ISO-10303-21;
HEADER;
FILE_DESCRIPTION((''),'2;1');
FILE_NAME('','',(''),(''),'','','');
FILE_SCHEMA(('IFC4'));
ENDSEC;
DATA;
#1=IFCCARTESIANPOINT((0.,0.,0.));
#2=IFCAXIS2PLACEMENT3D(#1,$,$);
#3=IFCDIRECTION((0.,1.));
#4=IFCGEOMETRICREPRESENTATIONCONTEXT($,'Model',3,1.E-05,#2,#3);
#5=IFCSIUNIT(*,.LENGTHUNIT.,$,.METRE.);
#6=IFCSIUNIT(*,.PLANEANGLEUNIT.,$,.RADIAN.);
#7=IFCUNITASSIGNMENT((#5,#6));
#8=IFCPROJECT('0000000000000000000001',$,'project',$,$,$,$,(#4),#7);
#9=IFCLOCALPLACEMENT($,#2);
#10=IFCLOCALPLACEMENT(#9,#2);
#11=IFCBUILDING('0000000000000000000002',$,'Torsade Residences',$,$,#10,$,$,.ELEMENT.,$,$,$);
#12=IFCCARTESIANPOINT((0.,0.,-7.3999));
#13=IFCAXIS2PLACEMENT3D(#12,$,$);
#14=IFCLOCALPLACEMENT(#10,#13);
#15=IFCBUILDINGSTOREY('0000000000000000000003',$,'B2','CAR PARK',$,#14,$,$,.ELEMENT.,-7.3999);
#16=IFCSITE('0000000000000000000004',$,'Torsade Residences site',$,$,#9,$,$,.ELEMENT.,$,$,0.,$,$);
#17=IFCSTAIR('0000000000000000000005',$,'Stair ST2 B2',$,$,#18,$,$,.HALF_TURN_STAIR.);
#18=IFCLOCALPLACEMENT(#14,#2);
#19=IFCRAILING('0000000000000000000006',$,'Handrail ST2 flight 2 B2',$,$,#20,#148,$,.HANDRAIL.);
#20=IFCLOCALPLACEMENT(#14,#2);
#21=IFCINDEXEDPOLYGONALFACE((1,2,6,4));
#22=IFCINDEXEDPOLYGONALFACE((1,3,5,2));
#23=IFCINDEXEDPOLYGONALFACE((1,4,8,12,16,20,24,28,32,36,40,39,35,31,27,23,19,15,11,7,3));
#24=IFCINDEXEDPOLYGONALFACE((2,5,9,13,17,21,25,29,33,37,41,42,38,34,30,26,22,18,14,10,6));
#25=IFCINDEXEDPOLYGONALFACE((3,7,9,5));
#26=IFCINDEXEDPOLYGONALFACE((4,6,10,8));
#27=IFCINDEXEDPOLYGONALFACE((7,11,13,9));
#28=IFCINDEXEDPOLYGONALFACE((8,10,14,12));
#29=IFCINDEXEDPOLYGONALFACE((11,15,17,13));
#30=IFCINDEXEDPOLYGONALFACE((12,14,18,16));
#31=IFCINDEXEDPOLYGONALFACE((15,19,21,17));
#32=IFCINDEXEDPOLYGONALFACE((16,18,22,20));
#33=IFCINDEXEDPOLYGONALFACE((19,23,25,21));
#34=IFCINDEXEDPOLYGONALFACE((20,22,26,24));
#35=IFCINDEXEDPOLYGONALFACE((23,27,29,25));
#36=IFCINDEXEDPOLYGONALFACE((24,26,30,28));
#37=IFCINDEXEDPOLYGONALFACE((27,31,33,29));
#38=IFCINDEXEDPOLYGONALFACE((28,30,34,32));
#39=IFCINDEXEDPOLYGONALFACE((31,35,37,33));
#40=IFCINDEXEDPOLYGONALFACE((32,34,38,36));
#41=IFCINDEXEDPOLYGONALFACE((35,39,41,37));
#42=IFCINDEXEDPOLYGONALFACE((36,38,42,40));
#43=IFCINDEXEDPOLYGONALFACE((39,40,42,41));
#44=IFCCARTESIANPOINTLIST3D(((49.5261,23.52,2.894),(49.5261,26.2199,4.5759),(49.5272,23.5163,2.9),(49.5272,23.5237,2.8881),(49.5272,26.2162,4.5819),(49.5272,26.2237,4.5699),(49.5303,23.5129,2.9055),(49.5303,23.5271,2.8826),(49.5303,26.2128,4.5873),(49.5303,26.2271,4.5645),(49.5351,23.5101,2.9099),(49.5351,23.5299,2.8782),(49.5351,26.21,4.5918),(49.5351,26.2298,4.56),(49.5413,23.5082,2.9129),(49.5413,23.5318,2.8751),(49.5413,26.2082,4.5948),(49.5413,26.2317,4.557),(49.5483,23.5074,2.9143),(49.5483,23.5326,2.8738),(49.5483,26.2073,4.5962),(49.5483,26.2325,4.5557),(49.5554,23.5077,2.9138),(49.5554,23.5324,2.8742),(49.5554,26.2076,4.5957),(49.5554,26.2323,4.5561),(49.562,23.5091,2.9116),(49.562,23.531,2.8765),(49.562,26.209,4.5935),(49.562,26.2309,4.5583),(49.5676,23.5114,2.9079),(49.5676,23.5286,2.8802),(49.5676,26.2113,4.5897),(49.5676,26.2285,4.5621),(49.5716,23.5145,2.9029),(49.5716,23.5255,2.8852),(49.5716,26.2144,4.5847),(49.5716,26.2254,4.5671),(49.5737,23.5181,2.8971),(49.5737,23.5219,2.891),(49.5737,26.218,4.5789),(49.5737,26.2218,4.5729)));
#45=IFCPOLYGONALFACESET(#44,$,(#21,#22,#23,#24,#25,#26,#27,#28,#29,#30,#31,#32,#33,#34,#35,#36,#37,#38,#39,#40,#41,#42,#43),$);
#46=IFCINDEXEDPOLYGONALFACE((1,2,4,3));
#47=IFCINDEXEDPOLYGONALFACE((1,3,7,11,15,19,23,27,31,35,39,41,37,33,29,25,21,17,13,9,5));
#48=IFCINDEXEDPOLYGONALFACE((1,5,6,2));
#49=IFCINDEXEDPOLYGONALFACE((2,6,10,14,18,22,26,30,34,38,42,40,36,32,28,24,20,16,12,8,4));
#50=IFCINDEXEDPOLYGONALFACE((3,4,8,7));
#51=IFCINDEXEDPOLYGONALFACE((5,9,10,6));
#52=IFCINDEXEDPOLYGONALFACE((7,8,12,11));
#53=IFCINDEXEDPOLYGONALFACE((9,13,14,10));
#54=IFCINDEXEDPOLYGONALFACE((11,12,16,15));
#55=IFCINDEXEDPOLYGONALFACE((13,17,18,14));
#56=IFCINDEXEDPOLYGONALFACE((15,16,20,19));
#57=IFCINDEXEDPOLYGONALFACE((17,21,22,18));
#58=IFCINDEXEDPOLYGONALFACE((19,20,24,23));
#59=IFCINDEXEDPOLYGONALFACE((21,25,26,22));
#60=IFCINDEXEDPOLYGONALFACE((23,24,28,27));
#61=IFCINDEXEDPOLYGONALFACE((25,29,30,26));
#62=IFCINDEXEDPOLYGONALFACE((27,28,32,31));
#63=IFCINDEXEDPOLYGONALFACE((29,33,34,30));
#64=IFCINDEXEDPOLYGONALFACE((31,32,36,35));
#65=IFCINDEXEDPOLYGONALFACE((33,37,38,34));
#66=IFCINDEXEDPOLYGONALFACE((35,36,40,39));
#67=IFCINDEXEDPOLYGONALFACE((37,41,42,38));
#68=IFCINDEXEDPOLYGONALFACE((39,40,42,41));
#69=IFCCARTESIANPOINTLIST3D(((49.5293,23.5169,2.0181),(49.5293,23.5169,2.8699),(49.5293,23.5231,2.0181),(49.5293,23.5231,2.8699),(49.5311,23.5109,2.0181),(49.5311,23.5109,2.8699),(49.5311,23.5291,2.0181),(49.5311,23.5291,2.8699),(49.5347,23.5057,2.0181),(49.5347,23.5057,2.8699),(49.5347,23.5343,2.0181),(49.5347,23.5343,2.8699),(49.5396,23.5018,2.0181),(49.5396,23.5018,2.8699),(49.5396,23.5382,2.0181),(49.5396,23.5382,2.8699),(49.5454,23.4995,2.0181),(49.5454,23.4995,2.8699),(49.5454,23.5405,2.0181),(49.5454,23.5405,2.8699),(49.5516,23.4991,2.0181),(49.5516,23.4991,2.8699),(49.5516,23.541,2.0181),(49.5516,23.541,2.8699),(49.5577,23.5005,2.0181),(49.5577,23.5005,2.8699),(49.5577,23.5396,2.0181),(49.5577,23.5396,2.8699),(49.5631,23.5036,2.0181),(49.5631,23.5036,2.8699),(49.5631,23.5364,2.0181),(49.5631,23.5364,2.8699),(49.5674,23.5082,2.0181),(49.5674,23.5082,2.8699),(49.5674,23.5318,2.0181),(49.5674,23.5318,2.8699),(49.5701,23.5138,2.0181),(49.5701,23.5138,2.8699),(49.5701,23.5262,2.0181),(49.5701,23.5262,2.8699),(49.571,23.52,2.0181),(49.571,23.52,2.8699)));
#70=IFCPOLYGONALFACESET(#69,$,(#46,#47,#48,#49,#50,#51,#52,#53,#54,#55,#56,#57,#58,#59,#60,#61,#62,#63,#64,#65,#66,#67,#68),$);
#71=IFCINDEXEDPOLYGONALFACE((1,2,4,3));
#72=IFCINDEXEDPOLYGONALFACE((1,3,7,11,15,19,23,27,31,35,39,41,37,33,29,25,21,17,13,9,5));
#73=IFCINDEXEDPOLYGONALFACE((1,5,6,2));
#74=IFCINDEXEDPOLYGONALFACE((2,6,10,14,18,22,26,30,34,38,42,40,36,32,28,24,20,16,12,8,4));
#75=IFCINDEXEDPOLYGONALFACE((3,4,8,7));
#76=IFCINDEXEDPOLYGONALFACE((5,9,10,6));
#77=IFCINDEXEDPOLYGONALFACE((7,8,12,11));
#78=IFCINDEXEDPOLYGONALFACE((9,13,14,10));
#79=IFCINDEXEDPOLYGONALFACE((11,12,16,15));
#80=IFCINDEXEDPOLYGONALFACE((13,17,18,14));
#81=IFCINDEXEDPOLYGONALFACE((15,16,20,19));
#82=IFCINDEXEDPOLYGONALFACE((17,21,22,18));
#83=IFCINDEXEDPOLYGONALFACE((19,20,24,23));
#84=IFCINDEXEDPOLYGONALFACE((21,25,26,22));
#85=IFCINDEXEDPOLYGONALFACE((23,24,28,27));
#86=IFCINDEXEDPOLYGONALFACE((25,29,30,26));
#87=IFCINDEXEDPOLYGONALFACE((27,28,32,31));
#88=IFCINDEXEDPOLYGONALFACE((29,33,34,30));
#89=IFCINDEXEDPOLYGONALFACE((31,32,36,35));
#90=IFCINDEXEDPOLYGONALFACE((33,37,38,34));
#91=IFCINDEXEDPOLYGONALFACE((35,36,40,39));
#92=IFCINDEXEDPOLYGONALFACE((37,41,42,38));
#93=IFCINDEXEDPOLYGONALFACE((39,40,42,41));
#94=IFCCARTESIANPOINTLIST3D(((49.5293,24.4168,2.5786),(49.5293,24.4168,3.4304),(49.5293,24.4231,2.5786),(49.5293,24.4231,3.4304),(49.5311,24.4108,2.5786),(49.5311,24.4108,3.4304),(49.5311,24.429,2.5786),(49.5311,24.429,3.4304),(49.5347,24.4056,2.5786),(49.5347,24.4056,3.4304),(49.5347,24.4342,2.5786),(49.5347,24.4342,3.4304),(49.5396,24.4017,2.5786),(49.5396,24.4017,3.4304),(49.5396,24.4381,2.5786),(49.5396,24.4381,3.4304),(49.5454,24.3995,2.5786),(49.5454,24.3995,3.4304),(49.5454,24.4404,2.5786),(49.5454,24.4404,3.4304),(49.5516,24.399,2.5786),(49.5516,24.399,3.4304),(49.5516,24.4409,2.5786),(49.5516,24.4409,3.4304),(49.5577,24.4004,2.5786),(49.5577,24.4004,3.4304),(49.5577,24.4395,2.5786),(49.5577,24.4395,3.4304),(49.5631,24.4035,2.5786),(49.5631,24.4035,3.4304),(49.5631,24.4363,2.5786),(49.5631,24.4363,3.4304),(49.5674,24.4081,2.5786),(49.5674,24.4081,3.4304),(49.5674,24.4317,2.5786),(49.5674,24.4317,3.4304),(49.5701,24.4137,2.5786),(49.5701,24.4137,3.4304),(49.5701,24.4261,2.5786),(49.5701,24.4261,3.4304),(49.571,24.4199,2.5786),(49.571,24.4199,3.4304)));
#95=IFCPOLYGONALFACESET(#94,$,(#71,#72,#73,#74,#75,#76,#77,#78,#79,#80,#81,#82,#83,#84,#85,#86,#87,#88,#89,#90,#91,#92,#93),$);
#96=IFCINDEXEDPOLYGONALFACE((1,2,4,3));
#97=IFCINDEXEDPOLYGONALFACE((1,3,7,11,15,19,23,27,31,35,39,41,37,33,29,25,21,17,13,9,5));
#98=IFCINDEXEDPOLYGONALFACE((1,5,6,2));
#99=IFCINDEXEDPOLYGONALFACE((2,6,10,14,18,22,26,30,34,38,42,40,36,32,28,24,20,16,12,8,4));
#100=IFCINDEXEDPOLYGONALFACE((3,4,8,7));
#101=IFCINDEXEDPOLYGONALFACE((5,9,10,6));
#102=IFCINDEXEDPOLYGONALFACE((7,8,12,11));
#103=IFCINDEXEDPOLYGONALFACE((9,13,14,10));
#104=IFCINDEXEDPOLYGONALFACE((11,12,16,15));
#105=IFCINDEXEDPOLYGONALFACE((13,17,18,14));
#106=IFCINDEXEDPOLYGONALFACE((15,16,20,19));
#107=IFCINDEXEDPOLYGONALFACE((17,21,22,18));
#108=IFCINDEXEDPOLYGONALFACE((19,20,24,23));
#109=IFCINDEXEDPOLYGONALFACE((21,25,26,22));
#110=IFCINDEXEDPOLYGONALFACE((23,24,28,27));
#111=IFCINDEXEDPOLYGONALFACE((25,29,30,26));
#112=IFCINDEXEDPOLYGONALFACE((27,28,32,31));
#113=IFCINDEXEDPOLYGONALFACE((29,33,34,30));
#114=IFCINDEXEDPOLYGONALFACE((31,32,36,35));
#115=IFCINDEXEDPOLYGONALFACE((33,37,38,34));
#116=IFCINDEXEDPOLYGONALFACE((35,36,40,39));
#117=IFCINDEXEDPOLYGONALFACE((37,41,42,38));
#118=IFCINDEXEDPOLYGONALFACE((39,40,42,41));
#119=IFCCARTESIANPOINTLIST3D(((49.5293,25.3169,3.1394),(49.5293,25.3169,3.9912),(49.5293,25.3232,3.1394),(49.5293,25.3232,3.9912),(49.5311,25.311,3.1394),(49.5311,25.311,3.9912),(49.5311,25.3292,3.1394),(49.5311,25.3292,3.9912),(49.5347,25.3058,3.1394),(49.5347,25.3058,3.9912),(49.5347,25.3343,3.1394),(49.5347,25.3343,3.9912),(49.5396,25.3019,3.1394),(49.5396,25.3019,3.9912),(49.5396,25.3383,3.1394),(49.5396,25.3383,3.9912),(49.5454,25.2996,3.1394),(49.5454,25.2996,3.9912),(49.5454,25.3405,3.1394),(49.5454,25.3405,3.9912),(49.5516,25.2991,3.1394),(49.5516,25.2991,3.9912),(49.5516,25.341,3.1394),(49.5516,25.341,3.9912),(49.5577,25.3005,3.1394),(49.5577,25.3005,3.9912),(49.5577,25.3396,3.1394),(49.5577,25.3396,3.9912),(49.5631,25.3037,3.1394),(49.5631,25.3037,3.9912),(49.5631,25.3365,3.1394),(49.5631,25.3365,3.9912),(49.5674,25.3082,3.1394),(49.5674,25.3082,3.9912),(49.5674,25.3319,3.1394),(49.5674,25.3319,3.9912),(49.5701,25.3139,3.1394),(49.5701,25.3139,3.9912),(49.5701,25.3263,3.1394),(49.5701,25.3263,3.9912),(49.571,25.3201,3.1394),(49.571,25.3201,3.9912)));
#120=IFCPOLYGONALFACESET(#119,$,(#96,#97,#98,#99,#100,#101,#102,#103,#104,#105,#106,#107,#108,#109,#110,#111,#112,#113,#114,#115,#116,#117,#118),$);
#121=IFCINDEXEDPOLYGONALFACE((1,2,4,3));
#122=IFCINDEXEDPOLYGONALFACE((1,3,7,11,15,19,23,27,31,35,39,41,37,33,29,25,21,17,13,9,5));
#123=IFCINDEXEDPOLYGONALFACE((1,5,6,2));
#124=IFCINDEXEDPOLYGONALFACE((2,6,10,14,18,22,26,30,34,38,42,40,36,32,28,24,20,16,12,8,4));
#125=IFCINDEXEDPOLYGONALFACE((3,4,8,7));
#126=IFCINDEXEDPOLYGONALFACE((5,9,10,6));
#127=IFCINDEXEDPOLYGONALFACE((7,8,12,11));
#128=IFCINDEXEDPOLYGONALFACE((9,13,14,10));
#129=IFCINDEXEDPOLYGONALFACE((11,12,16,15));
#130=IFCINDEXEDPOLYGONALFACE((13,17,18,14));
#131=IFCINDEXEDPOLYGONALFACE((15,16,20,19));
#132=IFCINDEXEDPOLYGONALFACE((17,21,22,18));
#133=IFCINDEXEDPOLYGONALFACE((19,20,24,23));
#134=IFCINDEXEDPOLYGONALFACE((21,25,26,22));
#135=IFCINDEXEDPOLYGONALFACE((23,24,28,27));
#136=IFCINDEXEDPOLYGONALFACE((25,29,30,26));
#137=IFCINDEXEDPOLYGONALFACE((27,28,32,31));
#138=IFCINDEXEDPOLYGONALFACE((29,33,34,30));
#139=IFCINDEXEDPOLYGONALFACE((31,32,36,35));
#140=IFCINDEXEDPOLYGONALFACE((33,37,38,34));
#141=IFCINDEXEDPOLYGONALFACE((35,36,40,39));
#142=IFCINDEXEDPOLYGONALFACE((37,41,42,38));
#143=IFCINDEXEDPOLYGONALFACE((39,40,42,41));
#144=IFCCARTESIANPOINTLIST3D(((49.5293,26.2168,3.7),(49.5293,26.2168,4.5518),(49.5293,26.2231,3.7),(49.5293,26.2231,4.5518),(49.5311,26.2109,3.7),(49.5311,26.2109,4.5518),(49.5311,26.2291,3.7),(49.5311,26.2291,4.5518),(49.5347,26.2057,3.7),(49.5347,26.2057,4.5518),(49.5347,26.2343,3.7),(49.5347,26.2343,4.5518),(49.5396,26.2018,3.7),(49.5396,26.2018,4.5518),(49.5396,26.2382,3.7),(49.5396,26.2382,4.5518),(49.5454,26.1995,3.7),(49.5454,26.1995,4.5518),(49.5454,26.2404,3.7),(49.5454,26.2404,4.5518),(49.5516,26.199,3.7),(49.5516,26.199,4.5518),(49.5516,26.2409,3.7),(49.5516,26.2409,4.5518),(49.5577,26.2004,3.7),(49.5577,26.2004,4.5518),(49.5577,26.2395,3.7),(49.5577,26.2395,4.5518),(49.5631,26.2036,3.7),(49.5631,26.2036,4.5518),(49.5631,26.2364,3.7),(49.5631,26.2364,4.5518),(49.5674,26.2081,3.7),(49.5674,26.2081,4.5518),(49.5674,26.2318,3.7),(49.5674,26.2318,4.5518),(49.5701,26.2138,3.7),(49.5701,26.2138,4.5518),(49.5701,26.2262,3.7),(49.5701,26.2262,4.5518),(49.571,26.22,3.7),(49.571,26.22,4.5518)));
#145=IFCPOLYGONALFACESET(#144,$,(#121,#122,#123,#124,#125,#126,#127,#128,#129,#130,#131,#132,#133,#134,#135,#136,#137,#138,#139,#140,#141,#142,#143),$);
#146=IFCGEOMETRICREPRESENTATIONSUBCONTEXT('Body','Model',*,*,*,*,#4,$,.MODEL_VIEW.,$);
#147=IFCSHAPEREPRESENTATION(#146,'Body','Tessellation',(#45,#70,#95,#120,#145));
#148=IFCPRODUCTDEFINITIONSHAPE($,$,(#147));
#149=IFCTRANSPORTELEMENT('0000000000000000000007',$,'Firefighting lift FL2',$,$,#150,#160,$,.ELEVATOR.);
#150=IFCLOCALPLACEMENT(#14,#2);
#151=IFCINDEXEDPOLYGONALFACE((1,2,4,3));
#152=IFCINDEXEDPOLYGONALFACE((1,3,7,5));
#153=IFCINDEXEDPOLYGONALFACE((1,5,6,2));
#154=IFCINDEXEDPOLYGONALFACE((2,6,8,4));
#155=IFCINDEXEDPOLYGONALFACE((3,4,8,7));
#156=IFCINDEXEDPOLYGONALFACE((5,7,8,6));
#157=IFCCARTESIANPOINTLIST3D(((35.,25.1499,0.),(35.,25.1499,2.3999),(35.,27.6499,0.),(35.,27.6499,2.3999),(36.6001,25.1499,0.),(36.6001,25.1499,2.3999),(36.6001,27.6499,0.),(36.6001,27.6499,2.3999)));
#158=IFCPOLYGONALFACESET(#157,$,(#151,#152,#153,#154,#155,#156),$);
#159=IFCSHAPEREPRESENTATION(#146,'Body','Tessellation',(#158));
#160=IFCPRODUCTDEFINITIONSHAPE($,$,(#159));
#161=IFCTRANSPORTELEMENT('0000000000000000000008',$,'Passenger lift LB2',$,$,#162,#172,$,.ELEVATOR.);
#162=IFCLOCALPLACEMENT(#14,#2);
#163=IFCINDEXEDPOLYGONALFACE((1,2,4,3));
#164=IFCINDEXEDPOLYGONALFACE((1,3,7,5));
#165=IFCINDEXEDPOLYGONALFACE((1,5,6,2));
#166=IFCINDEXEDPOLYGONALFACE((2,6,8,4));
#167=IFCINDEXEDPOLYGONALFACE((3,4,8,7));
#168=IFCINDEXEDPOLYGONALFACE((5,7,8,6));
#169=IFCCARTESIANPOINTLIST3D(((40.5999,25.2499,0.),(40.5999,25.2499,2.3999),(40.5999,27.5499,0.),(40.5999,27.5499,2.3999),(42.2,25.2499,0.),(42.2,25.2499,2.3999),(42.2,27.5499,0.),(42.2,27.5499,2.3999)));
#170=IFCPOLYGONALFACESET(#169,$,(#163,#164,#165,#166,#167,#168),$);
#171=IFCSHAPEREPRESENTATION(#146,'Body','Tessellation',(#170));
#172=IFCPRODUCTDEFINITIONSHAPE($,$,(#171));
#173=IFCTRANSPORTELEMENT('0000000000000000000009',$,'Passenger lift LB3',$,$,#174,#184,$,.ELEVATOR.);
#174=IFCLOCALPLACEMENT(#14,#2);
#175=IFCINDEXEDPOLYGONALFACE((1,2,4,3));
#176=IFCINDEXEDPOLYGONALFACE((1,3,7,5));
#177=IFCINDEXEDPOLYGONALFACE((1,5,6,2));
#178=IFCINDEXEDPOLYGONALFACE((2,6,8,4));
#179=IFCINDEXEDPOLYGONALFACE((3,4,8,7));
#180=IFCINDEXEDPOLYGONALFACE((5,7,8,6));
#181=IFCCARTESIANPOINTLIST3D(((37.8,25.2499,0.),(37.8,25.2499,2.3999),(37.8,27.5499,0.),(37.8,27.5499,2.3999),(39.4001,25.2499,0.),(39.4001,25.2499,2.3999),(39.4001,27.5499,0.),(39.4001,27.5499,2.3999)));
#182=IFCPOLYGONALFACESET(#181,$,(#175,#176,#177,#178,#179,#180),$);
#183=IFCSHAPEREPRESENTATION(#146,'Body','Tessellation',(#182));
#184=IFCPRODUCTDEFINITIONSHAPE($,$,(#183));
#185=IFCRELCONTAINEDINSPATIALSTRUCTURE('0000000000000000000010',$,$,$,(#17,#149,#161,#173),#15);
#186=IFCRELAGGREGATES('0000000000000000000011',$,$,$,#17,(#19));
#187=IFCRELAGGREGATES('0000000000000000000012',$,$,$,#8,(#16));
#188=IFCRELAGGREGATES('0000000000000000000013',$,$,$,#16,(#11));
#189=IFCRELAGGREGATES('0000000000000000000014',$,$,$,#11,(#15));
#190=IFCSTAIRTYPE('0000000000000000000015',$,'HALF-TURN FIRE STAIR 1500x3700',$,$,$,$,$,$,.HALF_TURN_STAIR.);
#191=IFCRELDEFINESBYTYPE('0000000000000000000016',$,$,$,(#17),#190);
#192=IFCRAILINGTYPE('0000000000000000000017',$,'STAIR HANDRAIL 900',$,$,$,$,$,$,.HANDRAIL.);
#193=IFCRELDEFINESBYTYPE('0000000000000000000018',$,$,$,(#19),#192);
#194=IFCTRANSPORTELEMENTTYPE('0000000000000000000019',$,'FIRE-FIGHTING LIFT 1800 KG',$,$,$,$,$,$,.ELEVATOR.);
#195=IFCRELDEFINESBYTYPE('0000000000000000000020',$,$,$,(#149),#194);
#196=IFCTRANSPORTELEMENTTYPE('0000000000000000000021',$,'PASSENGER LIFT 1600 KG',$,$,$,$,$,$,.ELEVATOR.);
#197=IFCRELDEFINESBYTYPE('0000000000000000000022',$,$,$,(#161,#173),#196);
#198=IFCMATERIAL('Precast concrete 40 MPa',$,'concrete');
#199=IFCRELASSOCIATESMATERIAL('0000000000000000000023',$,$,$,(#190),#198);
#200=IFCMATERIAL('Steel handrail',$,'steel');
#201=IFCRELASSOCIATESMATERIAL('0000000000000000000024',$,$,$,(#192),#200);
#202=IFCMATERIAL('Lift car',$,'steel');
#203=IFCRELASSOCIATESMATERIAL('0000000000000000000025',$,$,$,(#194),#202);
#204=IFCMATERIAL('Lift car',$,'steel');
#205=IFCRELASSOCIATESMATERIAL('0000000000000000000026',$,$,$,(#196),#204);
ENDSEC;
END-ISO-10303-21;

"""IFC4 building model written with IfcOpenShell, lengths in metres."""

from ifc_helpers import new_model, si_unit, direction, frame, origin, origin_2d, place, context, subcontext, project, spatial, rectangle, circle, extrude, material, type_object, element, aggregate, save


model = new_model("IFC4")

# Units and contexts
model_context = context("Model", 3, precision=1e-05, world=origin(), true_north=direction((0.0, 1.0)))
body_context = subcontext(model_context, "Body", "Model", "MODEL_VIEW")
ifc_project = project(units=[si_unit("LENGTHUNIT", "METRE"), si_unit("PLANEANGLEUNIT", "RADIAN")], contexts=[model_context])

# Site, building, storey
site_placement = place(None, origin())
site = spatial("IfcSite", under=ifc_project, at=site_placement, Name="Torsade Residences site", CompositionType="ELEMENT", RefElevation=0.0)
building_placement = place(site_placement, origin())
building = spatial("IfcBuilding", under=site, at=building_placement, Name="Torsade Residences", CompositionType="ELEMENT")
storey_placement = place(building_placement, frame((0.0, 0.0, -7.3999)))
storey = spatial("IfcBuildingStorey", under=building, at=storey_placement, Name="B2", Description="CAR PARK", CompositionType="ELEMENT", Elevation=-7.3999)

# Stair, railing
ifc_material_1 = material(Name="Precast concrete 40 MPa", Category="concrete")
stair_type = type_object("IfcStairType", Name="HALF-TURN FIRE STAIR 1500x3700", PredefinedType="HALF_TURN_STAIR", material=ifc_material_1)
stair_placement = place(storey_placement, origin())
stair = element("IfcStair", 1, at=stair_placement, inside=storey, type_object=stair_type, Name="Stair ST2 B2", PredefinedType="HALF_TURN_STAIR")
ifc_material_2 = material(Name="Steel handrail", Category="steel")
railing_type = type_object("IfcRailingType", Name="STAIR HANDRAIL 900", PredefinedType="HANDRAIL", material=ifc_material_2)
railing_1_placement = place(storey_placement, frame((49.55, 23.52, 2.0181)))
railing_1 = element("IfcRailing", 2, at=railing_1_placement, type_object=railing_type, Name="Handrail ST2 flight 2 B2", PredefinedType="HANDRAIL", context=body_context, shape_type="SweptSolid", body=[
    extrude(circle(Radius=0.0239, at=origin_2d()), frame((0.0, 0.0, 0.876), z_axis=(0.0, 0.848786, 0.528736), x_axis=(-1.0, 0.0, 0.0)), (0.0, 0.0, 1.0), 3.1809),
    extrude(circle(Radius=0.021, at=origin_2d()), origin(), (0.0, 0.0, 1.0), 0.8518),
    extrude(circle(Radius=0.021, at=origin_2d()), frame((0.0, 0.8999, 0.5605)), (0.0, 0.0, 1.0), 0.8518),
    extrude(circle(Radius=0.021, at=origin_2d()), frame((0.0, 1.8, 1.1213)), (0.0, 0.0, 1.0), 0.8518),
    extrude(circle(Radius=0.021, at=origin_2d()), frame((0.0, 2.7, 1.6819)), (0.0, 0.0, 1.0), 0.8518),
])
aggregate(stair, [railing_1])

# Transport elements
ifc_material_3 = material(Name="Lift car", Category="steel")
transport_element_type_1 = type_object("IfcTransportElementType", Name="FIRE-FIGHTING LIFT 1800 KG", PredefinedType="ELEVATOR", material=ifc_material_3)
transport_element_placement = place(storey_placement, frame((35.8, 26.3999, 0.0), z_axis=(0.0, 0.0, 1.0), x_axis=(1.0, 0.0, 0.0)))
element("IfcTransportElement", 3, at=transport_element_placement, inside=storey, type_object=transport_element_type_1, Name="Firefighting lift FL2", PredefinedType="ELEVATOR", context=body_context, shape_type="SweptSolid", body=[
    extrude(rectangle(XDim=1.6001, YDim=2.5, at=origin_2d()), origin(), (0.0, 0.0, 1.0), 2.3999),
])
ifc_material_4 = material(Name="Lift car", Category="steel")
transport_element_type_2 = type_object("IfcTransportElementType", Name="PASSENGER LIFT 1600 KG", PredefinedType="ELEVATOR", material=ifc_material_4)
for number, where, z_axis, x_axis, name in (
    (4, (41.3999, 26.3999, 0.0), (0.0, 0.0, 1.0), (1.0, 0.0, 0.0), "Passenger lift LB2"),
    (5, (38.6001, 26.3999, 0.0), (0.0, 0.0, 1.0), (1.0, 0.0, 0.0), "Passenger lift LB3"),
):
    element("IfcTransportElement", number, at=place(storey_placement, frame(where, z_axis=z_axis, x_axis=x_axis)), inside=storey, type_object=transport_element_type_2, Name=name, PredefinedType="ELEVATOR", context=body_context, shape_type="SweptSolid", body=[
        extrude(rectangle(XDim=1.6001, YDim=2.3, at=origin_2d()), origin(), (0.0, 0.0, 1.0), 2.3999),
    ])

save(model, "model.ifc")
